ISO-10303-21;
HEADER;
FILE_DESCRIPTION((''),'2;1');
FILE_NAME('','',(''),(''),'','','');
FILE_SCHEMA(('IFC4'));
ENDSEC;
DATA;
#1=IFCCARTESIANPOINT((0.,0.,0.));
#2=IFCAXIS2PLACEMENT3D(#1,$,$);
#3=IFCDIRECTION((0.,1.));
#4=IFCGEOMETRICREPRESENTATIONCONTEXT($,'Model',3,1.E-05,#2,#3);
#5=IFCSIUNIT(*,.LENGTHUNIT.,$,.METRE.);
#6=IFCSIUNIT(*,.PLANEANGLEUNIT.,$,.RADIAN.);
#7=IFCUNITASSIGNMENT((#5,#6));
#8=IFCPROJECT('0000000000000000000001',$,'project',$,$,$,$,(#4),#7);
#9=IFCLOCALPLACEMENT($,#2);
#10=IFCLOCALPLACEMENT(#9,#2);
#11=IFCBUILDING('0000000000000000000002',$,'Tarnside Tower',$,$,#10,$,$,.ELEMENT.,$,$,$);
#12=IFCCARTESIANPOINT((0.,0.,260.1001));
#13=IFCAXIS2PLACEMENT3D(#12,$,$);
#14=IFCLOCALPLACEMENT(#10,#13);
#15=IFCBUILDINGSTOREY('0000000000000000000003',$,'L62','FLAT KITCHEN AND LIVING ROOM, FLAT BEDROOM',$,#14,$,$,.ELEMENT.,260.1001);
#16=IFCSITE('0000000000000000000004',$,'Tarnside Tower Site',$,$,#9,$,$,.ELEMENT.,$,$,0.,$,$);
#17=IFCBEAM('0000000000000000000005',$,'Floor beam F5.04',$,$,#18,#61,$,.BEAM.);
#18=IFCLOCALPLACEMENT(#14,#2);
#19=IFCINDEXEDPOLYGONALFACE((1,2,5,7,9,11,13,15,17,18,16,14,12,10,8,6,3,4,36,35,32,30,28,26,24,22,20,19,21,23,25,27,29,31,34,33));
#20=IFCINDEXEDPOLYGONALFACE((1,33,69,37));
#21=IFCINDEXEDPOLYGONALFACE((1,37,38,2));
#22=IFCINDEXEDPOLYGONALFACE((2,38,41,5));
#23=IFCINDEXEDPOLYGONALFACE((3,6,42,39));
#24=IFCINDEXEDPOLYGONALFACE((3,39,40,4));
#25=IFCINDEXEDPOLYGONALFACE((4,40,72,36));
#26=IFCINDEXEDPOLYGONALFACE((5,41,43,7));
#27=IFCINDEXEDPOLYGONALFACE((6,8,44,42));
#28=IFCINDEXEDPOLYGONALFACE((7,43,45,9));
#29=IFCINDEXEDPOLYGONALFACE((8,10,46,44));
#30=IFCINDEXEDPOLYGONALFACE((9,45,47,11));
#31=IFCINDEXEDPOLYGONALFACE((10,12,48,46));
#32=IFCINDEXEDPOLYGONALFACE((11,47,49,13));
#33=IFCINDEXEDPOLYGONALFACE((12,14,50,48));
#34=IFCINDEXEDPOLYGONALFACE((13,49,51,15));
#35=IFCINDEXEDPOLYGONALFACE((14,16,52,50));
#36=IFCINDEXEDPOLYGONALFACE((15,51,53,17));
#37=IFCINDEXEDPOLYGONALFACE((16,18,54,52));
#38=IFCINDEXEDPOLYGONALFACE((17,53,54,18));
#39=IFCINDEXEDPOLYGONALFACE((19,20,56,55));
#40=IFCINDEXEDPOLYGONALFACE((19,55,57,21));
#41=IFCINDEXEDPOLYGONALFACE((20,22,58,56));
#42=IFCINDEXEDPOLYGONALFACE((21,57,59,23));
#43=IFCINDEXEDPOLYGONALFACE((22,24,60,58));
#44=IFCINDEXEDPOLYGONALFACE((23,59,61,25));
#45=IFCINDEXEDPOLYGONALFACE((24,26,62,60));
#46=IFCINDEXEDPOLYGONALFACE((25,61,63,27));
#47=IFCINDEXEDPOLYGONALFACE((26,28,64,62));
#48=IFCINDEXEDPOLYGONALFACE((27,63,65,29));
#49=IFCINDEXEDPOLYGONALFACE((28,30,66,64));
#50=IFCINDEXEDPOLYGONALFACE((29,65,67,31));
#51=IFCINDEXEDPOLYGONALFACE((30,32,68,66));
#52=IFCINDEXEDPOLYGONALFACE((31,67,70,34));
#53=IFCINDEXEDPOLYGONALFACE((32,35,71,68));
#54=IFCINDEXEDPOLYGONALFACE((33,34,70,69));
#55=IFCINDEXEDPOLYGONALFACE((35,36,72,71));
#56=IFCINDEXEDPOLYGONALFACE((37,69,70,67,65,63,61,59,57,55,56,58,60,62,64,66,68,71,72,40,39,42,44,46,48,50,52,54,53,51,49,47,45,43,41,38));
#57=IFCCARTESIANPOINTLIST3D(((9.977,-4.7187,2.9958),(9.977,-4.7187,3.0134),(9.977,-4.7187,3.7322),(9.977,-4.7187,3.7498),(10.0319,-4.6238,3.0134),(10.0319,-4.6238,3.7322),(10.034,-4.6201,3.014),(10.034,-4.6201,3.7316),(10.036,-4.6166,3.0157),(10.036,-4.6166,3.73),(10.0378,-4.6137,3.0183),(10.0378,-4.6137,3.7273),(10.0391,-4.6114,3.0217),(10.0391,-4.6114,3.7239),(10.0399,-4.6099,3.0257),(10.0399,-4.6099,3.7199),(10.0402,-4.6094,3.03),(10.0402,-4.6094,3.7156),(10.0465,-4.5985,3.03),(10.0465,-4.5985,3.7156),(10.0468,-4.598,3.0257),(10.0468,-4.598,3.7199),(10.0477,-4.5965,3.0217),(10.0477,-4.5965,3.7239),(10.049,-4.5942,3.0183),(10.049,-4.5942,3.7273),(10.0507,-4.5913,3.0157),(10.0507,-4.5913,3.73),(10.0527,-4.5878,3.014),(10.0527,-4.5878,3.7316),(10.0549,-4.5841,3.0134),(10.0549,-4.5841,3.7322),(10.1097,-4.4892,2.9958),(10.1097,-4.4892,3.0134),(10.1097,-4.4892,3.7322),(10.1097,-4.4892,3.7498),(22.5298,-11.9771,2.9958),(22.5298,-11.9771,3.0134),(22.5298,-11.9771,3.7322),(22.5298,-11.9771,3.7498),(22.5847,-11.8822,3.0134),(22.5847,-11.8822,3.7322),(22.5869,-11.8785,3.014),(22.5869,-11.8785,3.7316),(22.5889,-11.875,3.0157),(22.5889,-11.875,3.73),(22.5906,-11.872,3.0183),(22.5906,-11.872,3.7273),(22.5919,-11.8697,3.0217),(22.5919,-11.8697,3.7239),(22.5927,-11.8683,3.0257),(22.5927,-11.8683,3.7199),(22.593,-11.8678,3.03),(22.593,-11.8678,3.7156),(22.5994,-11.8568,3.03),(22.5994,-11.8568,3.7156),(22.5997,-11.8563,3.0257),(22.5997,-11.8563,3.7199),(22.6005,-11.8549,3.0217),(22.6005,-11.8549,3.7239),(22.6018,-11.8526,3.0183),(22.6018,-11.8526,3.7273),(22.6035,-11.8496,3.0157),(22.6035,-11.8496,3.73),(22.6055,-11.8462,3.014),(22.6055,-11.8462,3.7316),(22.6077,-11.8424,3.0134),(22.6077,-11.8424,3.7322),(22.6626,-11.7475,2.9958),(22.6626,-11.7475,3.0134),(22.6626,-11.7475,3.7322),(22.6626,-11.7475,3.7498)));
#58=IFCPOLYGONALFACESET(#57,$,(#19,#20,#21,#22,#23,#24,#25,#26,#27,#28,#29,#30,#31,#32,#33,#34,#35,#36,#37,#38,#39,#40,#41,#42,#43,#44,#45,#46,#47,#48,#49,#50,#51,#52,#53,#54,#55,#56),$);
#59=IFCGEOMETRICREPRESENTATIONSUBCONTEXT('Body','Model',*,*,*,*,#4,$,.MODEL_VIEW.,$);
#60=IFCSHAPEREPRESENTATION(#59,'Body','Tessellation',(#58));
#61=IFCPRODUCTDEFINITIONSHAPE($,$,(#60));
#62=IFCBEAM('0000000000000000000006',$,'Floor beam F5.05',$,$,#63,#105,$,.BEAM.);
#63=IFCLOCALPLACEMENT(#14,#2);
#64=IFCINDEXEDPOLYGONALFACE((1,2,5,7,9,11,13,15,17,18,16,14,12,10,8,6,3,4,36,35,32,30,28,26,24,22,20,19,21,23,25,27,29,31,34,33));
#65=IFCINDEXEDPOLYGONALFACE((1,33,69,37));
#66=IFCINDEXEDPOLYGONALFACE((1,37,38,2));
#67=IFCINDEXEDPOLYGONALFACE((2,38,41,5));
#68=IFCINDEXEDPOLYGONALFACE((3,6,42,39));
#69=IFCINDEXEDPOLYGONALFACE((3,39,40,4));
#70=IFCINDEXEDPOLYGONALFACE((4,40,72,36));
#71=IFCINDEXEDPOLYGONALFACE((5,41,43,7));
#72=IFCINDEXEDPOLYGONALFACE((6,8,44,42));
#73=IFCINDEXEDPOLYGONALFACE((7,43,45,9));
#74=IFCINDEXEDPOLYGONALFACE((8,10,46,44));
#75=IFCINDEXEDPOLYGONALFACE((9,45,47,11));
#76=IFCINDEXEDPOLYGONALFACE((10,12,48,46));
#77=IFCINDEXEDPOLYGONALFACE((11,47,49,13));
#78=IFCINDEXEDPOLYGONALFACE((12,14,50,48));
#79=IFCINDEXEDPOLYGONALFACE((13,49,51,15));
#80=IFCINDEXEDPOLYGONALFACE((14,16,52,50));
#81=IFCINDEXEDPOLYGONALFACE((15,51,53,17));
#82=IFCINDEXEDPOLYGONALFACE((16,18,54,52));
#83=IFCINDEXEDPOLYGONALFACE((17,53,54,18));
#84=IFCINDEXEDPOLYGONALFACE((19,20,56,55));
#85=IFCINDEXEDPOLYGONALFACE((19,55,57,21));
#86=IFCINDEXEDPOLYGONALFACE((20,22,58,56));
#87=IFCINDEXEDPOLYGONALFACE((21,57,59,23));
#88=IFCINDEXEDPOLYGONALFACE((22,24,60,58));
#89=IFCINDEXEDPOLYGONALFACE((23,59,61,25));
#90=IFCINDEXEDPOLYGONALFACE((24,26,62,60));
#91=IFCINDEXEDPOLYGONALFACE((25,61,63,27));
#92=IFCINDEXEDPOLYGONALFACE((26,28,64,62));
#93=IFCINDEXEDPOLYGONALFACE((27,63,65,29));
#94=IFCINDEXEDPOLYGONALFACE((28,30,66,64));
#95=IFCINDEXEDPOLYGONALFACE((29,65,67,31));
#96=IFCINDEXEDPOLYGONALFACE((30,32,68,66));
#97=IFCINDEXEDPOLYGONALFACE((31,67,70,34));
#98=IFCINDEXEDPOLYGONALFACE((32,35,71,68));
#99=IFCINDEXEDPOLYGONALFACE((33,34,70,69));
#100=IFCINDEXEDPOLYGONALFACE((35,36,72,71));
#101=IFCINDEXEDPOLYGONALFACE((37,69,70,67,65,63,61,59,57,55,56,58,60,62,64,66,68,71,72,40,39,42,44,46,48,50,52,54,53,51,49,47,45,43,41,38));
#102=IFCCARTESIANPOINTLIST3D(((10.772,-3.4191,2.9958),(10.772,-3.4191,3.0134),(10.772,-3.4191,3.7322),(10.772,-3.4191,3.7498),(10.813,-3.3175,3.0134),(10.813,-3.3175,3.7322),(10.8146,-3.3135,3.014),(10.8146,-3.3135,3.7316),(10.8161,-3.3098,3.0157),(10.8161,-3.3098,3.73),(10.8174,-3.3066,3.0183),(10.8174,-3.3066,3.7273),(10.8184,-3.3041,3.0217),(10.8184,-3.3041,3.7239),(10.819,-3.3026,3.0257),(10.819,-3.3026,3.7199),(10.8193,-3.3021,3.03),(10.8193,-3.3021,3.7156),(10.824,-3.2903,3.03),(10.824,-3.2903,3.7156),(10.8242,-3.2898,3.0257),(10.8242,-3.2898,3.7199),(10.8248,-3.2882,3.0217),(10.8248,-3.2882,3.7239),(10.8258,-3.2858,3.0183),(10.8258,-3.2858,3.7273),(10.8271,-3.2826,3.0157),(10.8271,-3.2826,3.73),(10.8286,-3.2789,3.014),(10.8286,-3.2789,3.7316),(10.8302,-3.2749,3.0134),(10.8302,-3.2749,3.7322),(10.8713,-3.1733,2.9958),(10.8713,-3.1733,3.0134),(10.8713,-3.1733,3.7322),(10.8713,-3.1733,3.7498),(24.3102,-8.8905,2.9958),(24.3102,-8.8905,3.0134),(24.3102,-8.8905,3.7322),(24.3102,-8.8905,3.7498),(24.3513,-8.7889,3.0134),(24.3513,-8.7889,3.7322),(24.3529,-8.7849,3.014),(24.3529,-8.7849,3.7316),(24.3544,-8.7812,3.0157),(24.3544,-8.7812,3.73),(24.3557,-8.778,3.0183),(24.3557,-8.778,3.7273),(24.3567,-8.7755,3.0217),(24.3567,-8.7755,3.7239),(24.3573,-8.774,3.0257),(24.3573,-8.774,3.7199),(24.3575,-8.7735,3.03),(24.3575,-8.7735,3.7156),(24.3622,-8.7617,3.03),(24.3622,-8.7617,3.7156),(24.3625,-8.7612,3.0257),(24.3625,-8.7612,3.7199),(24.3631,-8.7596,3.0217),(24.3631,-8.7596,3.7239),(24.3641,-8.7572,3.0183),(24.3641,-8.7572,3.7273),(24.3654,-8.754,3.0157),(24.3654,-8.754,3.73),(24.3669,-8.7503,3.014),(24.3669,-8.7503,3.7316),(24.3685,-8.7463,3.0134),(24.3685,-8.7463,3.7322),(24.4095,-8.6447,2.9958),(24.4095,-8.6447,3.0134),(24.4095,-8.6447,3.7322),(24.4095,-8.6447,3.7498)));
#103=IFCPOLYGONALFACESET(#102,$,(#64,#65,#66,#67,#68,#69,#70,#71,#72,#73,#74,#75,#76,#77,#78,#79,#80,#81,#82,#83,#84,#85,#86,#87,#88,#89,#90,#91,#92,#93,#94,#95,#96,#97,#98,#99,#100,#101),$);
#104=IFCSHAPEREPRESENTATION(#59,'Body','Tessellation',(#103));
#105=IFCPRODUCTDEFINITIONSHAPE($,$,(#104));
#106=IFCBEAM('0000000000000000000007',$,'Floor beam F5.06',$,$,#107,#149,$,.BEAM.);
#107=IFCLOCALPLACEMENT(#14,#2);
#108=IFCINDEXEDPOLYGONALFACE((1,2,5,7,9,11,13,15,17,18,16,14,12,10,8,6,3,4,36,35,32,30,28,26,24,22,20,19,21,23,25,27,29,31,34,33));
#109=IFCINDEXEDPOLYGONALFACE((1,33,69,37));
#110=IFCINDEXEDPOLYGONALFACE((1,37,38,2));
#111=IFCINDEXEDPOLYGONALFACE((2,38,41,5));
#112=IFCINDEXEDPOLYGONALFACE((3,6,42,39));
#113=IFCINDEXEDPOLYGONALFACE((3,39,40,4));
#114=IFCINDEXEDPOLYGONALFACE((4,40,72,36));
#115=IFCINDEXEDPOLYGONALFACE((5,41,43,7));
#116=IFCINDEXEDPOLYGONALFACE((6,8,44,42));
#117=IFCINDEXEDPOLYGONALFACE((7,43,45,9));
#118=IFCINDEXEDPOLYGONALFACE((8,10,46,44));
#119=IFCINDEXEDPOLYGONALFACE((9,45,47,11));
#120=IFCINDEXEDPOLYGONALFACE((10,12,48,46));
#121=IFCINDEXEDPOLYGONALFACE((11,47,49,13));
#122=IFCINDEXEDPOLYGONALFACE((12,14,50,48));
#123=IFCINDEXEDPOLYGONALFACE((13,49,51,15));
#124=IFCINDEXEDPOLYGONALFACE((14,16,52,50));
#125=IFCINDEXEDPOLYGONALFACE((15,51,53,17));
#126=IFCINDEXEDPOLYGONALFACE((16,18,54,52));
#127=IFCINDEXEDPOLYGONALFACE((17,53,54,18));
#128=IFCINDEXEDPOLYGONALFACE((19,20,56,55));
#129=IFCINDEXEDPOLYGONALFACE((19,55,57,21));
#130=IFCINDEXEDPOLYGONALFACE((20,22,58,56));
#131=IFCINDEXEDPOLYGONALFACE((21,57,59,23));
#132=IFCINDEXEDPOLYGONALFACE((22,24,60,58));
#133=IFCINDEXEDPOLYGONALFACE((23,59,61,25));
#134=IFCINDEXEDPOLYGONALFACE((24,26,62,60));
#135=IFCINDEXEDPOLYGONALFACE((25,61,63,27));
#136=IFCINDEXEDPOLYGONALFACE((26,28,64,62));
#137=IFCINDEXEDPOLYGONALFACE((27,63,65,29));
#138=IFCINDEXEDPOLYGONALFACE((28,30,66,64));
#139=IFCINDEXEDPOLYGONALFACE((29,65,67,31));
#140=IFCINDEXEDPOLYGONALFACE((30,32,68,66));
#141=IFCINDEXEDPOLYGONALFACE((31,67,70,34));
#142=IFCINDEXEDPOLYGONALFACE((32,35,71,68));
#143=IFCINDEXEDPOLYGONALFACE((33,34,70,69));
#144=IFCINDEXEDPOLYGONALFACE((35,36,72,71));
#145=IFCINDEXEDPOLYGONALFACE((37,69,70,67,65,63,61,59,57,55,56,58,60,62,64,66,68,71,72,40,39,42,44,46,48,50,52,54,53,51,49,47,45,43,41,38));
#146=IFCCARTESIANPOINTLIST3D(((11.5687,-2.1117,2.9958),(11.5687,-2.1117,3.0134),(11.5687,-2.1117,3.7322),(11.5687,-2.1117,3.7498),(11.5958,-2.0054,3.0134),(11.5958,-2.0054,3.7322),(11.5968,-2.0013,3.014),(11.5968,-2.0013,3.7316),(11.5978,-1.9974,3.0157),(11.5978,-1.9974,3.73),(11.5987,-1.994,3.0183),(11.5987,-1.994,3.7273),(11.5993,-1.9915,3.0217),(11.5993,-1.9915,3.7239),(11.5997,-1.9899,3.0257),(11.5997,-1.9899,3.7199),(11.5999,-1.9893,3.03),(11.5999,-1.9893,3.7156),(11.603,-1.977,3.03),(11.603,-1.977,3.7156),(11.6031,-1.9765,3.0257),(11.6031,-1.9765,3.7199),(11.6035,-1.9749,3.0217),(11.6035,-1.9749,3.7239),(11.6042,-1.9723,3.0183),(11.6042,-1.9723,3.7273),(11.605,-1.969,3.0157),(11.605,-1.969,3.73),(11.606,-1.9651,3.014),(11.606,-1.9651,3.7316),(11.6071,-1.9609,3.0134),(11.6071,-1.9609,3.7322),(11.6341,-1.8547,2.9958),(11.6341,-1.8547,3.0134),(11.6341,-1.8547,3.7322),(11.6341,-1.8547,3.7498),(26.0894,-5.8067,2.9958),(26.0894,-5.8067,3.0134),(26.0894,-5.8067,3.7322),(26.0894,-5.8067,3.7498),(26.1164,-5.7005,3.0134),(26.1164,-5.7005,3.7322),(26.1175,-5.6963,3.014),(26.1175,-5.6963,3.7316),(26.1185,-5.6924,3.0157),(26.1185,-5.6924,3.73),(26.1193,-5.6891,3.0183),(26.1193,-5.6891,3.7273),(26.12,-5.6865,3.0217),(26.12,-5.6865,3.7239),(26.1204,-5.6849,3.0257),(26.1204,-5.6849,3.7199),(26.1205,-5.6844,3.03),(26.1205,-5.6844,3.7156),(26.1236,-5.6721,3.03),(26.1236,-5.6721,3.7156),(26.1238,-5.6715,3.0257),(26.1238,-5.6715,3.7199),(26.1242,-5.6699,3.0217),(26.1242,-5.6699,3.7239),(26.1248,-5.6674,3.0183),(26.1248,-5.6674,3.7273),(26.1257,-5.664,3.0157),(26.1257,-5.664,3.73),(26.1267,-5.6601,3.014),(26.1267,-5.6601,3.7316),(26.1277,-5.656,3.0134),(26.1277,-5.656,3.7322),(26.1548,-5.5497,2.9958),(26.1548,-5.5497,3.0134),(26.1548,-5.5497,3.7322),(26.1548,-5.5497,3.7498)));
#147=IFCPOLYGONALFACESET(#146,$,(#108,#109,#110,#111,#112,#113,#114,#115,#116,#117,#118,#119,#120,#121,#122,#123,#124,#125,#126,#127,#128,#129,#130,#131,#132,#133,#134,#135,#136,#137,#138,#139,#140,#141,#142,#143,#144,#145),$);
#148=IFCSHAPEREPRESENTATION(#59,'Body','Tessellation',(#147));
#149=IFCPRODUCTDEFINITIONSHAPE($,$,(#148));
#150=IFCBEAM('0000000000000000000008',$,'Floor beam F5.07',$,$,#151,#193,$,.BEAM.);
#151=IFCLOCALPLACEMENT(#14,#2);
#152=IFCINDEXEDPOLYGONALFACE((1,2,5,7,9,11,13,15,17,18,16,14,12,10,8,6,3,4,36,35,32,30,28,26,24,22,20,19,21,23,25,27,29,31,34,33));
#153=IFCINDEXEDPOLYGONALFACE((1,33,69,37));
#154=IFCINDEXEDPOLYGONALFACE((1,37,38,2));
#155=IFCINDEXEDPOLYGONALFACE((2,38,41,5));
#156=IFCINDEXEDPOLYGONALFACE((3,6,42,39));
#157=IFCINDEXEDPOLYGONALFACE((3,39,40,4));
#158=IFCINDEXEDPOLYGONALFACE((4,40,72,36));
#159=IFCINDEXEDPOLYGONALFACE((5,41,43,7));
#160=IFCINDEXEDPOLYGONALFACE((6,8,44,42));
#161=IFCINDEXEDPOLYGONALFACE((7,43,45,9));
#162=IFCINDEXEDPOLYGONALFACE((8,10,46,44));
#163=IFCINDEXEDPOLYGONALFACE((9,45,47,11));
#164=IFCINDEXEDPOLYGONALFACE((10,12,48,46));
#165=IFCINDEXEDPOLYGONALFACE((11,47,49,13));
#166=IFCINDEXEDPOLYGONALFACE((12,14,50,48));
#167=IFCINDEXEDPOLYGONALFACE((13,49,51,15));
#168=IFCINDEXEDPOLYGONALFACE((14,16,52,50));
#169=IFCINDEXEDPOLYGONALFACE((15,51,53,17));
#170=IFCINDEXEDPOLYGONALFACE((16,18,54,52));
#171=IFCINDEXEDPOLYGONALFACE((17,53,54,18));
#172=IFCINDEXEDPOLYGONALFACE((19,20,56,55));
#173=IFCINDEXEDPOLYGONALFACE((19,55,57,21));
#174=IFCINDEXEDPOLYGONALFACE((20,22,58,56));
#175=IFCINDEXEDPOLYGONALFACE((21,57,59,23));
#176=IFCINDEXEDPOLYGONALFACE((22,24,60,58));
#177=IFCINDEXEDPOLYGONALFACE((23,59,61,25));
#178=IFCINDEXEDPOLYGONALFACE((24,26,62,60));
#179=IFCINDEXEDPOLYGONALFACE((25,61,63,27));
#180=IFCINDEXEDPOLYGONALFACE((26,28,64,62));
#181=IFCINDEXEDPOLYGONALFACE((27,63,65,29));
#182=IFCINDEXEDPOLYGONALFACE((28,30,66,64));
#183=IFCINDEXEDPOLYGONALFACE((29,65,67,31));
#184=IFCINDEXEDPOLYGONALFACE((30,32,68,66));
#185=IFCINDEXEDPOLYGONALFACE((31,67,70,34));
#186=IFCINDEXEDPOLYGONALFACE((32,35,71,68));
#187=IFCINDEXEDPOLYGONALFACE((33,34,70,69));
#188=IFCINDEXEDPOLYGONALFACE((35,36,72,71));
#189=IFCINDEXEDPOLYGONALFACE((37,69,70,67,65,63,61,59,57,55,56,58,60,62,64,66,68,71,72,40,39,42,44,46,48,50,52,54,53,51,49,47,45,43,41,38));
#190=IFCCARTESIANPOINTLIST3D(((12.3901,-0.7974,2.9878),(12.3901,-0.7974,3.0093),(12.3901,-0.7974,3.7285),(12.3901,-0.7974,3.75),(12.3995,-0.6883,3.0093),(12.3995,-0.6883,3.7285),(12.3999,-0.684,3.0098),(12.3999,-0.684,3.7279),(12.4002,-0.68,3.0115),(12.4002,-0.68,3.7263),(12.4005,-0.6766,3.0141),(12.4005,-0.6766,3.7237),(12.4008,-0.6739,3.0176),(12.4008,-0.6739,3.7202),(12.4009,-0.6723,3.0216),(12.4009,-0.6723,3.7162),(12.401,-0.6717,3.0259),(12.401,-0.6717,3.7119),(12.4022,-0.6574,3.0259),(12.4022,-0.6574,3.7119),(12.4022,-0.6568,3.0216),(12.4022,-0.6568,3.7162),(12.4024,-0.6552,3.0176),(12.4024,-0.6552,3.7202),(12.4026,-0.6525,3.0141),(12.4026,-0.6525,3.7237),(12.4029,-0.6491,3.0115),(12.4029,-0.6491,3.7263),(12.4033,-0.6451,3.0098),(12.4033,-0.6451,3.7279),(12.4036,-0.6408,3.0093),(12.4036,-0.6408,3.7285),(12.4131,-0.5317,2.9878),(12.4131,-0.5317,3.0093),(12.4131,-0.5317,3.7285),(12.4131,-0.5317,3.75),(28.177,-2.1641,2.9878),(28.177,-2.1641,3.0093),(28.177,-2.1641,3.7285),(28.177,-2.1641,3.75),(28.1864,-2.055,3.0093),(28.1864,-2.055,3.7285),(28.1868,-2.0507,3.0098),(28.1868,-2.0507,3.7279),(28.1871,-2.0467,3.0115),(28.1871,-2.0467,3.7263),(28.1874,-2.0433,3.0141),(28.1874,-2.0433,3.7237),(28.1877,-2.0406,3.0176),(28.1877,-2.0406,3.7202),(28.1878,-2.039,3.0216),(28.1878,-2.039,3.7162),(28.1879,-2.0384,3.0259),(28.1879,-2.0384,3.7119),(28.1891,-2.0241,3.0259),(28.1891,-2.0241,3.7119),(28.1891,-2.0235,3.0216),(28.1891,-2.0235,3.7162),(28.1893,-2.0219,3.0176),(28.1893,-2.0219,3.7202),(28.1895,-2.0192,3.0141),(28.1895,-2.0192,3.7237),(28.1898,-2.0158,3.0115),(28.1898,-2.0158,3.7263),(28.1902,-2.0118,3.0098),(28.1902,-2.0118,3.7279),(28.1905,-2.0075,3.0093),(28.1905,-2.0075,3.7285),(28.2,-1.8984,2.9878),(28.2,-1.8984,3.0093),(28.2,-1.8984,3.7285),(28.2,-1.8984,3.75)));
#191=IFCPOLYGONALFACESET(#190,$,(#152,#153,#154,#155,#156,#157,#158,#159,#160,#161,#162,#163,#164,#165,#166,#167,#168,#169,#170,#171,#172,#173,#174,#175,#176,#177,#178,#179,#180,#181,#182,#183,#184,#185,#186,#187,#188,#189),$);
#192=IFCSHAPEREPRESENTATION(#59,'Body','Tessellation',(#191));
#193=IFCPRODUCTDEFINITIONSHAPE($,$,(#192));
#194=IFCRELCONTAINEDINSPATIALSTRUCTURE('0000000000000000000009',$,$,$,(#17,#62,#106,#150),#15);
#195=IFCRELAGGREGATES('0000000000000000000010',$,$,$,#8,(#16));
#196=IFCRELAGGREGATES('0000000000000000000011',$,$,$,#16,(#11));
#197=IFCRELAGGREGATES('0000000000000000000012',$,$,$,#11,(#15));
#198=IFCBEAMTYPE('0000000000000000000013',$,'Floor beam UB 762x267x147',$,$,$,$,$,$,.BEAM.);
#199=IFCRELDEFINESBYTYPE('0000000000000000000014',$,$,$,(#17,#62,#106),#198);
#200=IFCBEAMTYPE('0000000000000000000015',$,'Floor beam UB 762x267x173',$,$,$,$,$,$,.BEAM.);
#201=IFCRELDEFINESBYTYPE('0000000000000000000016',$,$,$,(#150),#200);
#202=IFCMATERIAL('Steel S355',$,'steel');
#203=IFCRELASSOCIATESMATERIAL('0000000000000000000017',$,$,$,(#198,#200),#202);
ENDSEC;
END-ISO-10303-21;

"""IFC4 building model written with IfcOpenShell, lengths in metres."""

from ifc_helpers import new_model, si_unit, direction, frame, origin, origin_2d, place, context, subcontext, project, spatial, i_section, extrude, material, material_profile, profile_set, type_object, element, save


model = new_model("IFC4")

# Units and contexts
model_context = context("Model", 3, precision=1e-05, world=origin(), true_north=direction((0.0, 1.0)))
body_context = subcontext(model_context, "Body", "Model", "MODEL_VIEW")
ifc_project = project(units=[si_unit("LENGTHUNIT", "METRE"), si_unit("PLANEANGLEUNIT", "RADIAN")], contexts=[model_context])

# Site, building, storey
site_placement = place(None, origin())
site = spatial("IfcSite", under=ifc_project, at=site_placement, Name="Tarnside Tower Site", CompositionType="ELEMENT", RefElevation=0.0)
building_placement = place(site_placement, origin())
building = spatial("IfcBuilding", under=site, at=building_placement, Name="Tarnside Tower", CompositionType="ELEMENT")
storey_placement = place(building_placement, frame((0.0, 0.0, 260.1001)))
storey = spatial("IfcBuildingStorey", under=building, at=storey_placement, Name="L62", Description="FLAT KITCHEN AND LIVING ROOM, FLAT BEDROOM", CompositionType="ELEMENT", Elevation=260.1001)

# Beams
ifc_material_1 = material(Name="Steel S355", Category="steel")
ifc_material_profile_1 = material_profile(ifc_material_1, i_section(OverallWidth=0.2651, OverallDepth=0.7539, WebThickness=0.0127, FlangeThickness=0.0176, FilletRadius=0.0166, at=origin_2d()), Name="UB 762x267x147")
ifc_profile_set_1 = profile_set([ifc_material_profile_1], Name="Steel S355")
beam_type_1 = type_object("IfcBeamType", Name="Floor beam UB 762x267x147", PredefinedType="BEAM", material=ifc_profile_set_1)
beam_1_placement = place(storey_placement, frame((22.5962, -11.8623, 3.3728), z_axis=(-0.865697, 0.500568, 0.0), x_axis=(-0.500568, -0.865697, 0.0)))
element("IfcBeam", 1, at=beam_1_placement, inside=storey, type_object=beam_type_1, Name="Floor beam F5.04", PredefinedType="BEAM", context=body_context, shape_type="SweptSolid", body=[
    extrude(i_section(OverallWidth=0.2651, OverallDepth=0.7539, WebThickness=0.0127, FlangeThickness=0.0176, FilletRadius=0.0166, at=origin_2d()), origin(), (0.0, 0.0, 1.0), 14.5002),
])
beam_2_placement = place(storey_placement, frame((24.3599, -8.7676, 3.3728), z_axis=(-0.927146, 0.374701, 0.0), x_axis=(-0.374701, -0.927146, 0.0)))
element("IfcBeam", 2, at=beam_2_placement, inside=storey, type_object=beam_type_1, Name="Floor beam F5.05", PredefinedType="BEAM", context=body_context, shape_type="SweptSolid", body=[
    extrude(i_section(OverallWidth=0.2651, OverallDepth=0.7539, WebThickness=0.0127, FlangeThickness=0.0176, FilletRadius=0.0166, at=origin_2d()), origin(), (0.0, 0.0, 1.0), 14.6021),
])
beam_3_placement = place(storey_placement, frame((26.1221, -5.6782, 3.3728), z_axis=(-0.969115, 0.246609, 0.0), x_axis=(-0.246609, -0.969115, 0.0)))
element("IfcBeam", 3, at=beam_3_placement, inside=storey, type_object=beam_type_1, Name="Floor beam F5.06", PredefinedType="BEAM", context=body_context, shape_type="SweptSolid", body=[
    extrude(i_section(OverallWidth=0.2651, OverallDepth=0.7539, WebThickness=0.0127, FlangeThickness=0.0176, FilletRadius=0.0166, at=origin_2d()), origin(), (0.0, 0.0, 1.0), 14.9834),
])
ifc_material_profile_2 = material_profile(ifc_material_1, i_section(OverallWidth=0.2666, OverallDepth=0.7622, WebThickness=0.0144, FlangeThickness=0.0215, FilletRadius=0.0166, at=origin_2d()), Name="UB 762x267x173")
ifc_profile_set_2 = profile_set([ifc_material_profile_2], Name="Steel S355")
beam_type_2 = type_object("IfcBeamType", Name="Floor beam UB 762x267x173", PredefinedType="BEAM", material=ifc_profile_set_2)
beam_4_placement = place(storey_placement, frame((28.1885, -2.0312, 3.3689), z_axis=(-0.996274, 0.086249, 0.0), x_axis=(-0.086249, -0.996274, 0.0)))
element("IfcBeam", 4, at=beam_4_placement, inside=storey, type_object=beam_type_2, Name="Floor beam F5.07", PredefinedType="BEAM", context=body_context, shape_type="SweptSolid", body=[
    extrude(i_section(OverallWidth=0.2666, OverallDepth=0.7622, WebThickness=0.0144, FlangeThickness=0.0215, FilletRadius=0.0166, at=origin_2d()), origin(), (0.0, 0.0, 1.0), 15.8459),
])

save(model, "model.ifc")
